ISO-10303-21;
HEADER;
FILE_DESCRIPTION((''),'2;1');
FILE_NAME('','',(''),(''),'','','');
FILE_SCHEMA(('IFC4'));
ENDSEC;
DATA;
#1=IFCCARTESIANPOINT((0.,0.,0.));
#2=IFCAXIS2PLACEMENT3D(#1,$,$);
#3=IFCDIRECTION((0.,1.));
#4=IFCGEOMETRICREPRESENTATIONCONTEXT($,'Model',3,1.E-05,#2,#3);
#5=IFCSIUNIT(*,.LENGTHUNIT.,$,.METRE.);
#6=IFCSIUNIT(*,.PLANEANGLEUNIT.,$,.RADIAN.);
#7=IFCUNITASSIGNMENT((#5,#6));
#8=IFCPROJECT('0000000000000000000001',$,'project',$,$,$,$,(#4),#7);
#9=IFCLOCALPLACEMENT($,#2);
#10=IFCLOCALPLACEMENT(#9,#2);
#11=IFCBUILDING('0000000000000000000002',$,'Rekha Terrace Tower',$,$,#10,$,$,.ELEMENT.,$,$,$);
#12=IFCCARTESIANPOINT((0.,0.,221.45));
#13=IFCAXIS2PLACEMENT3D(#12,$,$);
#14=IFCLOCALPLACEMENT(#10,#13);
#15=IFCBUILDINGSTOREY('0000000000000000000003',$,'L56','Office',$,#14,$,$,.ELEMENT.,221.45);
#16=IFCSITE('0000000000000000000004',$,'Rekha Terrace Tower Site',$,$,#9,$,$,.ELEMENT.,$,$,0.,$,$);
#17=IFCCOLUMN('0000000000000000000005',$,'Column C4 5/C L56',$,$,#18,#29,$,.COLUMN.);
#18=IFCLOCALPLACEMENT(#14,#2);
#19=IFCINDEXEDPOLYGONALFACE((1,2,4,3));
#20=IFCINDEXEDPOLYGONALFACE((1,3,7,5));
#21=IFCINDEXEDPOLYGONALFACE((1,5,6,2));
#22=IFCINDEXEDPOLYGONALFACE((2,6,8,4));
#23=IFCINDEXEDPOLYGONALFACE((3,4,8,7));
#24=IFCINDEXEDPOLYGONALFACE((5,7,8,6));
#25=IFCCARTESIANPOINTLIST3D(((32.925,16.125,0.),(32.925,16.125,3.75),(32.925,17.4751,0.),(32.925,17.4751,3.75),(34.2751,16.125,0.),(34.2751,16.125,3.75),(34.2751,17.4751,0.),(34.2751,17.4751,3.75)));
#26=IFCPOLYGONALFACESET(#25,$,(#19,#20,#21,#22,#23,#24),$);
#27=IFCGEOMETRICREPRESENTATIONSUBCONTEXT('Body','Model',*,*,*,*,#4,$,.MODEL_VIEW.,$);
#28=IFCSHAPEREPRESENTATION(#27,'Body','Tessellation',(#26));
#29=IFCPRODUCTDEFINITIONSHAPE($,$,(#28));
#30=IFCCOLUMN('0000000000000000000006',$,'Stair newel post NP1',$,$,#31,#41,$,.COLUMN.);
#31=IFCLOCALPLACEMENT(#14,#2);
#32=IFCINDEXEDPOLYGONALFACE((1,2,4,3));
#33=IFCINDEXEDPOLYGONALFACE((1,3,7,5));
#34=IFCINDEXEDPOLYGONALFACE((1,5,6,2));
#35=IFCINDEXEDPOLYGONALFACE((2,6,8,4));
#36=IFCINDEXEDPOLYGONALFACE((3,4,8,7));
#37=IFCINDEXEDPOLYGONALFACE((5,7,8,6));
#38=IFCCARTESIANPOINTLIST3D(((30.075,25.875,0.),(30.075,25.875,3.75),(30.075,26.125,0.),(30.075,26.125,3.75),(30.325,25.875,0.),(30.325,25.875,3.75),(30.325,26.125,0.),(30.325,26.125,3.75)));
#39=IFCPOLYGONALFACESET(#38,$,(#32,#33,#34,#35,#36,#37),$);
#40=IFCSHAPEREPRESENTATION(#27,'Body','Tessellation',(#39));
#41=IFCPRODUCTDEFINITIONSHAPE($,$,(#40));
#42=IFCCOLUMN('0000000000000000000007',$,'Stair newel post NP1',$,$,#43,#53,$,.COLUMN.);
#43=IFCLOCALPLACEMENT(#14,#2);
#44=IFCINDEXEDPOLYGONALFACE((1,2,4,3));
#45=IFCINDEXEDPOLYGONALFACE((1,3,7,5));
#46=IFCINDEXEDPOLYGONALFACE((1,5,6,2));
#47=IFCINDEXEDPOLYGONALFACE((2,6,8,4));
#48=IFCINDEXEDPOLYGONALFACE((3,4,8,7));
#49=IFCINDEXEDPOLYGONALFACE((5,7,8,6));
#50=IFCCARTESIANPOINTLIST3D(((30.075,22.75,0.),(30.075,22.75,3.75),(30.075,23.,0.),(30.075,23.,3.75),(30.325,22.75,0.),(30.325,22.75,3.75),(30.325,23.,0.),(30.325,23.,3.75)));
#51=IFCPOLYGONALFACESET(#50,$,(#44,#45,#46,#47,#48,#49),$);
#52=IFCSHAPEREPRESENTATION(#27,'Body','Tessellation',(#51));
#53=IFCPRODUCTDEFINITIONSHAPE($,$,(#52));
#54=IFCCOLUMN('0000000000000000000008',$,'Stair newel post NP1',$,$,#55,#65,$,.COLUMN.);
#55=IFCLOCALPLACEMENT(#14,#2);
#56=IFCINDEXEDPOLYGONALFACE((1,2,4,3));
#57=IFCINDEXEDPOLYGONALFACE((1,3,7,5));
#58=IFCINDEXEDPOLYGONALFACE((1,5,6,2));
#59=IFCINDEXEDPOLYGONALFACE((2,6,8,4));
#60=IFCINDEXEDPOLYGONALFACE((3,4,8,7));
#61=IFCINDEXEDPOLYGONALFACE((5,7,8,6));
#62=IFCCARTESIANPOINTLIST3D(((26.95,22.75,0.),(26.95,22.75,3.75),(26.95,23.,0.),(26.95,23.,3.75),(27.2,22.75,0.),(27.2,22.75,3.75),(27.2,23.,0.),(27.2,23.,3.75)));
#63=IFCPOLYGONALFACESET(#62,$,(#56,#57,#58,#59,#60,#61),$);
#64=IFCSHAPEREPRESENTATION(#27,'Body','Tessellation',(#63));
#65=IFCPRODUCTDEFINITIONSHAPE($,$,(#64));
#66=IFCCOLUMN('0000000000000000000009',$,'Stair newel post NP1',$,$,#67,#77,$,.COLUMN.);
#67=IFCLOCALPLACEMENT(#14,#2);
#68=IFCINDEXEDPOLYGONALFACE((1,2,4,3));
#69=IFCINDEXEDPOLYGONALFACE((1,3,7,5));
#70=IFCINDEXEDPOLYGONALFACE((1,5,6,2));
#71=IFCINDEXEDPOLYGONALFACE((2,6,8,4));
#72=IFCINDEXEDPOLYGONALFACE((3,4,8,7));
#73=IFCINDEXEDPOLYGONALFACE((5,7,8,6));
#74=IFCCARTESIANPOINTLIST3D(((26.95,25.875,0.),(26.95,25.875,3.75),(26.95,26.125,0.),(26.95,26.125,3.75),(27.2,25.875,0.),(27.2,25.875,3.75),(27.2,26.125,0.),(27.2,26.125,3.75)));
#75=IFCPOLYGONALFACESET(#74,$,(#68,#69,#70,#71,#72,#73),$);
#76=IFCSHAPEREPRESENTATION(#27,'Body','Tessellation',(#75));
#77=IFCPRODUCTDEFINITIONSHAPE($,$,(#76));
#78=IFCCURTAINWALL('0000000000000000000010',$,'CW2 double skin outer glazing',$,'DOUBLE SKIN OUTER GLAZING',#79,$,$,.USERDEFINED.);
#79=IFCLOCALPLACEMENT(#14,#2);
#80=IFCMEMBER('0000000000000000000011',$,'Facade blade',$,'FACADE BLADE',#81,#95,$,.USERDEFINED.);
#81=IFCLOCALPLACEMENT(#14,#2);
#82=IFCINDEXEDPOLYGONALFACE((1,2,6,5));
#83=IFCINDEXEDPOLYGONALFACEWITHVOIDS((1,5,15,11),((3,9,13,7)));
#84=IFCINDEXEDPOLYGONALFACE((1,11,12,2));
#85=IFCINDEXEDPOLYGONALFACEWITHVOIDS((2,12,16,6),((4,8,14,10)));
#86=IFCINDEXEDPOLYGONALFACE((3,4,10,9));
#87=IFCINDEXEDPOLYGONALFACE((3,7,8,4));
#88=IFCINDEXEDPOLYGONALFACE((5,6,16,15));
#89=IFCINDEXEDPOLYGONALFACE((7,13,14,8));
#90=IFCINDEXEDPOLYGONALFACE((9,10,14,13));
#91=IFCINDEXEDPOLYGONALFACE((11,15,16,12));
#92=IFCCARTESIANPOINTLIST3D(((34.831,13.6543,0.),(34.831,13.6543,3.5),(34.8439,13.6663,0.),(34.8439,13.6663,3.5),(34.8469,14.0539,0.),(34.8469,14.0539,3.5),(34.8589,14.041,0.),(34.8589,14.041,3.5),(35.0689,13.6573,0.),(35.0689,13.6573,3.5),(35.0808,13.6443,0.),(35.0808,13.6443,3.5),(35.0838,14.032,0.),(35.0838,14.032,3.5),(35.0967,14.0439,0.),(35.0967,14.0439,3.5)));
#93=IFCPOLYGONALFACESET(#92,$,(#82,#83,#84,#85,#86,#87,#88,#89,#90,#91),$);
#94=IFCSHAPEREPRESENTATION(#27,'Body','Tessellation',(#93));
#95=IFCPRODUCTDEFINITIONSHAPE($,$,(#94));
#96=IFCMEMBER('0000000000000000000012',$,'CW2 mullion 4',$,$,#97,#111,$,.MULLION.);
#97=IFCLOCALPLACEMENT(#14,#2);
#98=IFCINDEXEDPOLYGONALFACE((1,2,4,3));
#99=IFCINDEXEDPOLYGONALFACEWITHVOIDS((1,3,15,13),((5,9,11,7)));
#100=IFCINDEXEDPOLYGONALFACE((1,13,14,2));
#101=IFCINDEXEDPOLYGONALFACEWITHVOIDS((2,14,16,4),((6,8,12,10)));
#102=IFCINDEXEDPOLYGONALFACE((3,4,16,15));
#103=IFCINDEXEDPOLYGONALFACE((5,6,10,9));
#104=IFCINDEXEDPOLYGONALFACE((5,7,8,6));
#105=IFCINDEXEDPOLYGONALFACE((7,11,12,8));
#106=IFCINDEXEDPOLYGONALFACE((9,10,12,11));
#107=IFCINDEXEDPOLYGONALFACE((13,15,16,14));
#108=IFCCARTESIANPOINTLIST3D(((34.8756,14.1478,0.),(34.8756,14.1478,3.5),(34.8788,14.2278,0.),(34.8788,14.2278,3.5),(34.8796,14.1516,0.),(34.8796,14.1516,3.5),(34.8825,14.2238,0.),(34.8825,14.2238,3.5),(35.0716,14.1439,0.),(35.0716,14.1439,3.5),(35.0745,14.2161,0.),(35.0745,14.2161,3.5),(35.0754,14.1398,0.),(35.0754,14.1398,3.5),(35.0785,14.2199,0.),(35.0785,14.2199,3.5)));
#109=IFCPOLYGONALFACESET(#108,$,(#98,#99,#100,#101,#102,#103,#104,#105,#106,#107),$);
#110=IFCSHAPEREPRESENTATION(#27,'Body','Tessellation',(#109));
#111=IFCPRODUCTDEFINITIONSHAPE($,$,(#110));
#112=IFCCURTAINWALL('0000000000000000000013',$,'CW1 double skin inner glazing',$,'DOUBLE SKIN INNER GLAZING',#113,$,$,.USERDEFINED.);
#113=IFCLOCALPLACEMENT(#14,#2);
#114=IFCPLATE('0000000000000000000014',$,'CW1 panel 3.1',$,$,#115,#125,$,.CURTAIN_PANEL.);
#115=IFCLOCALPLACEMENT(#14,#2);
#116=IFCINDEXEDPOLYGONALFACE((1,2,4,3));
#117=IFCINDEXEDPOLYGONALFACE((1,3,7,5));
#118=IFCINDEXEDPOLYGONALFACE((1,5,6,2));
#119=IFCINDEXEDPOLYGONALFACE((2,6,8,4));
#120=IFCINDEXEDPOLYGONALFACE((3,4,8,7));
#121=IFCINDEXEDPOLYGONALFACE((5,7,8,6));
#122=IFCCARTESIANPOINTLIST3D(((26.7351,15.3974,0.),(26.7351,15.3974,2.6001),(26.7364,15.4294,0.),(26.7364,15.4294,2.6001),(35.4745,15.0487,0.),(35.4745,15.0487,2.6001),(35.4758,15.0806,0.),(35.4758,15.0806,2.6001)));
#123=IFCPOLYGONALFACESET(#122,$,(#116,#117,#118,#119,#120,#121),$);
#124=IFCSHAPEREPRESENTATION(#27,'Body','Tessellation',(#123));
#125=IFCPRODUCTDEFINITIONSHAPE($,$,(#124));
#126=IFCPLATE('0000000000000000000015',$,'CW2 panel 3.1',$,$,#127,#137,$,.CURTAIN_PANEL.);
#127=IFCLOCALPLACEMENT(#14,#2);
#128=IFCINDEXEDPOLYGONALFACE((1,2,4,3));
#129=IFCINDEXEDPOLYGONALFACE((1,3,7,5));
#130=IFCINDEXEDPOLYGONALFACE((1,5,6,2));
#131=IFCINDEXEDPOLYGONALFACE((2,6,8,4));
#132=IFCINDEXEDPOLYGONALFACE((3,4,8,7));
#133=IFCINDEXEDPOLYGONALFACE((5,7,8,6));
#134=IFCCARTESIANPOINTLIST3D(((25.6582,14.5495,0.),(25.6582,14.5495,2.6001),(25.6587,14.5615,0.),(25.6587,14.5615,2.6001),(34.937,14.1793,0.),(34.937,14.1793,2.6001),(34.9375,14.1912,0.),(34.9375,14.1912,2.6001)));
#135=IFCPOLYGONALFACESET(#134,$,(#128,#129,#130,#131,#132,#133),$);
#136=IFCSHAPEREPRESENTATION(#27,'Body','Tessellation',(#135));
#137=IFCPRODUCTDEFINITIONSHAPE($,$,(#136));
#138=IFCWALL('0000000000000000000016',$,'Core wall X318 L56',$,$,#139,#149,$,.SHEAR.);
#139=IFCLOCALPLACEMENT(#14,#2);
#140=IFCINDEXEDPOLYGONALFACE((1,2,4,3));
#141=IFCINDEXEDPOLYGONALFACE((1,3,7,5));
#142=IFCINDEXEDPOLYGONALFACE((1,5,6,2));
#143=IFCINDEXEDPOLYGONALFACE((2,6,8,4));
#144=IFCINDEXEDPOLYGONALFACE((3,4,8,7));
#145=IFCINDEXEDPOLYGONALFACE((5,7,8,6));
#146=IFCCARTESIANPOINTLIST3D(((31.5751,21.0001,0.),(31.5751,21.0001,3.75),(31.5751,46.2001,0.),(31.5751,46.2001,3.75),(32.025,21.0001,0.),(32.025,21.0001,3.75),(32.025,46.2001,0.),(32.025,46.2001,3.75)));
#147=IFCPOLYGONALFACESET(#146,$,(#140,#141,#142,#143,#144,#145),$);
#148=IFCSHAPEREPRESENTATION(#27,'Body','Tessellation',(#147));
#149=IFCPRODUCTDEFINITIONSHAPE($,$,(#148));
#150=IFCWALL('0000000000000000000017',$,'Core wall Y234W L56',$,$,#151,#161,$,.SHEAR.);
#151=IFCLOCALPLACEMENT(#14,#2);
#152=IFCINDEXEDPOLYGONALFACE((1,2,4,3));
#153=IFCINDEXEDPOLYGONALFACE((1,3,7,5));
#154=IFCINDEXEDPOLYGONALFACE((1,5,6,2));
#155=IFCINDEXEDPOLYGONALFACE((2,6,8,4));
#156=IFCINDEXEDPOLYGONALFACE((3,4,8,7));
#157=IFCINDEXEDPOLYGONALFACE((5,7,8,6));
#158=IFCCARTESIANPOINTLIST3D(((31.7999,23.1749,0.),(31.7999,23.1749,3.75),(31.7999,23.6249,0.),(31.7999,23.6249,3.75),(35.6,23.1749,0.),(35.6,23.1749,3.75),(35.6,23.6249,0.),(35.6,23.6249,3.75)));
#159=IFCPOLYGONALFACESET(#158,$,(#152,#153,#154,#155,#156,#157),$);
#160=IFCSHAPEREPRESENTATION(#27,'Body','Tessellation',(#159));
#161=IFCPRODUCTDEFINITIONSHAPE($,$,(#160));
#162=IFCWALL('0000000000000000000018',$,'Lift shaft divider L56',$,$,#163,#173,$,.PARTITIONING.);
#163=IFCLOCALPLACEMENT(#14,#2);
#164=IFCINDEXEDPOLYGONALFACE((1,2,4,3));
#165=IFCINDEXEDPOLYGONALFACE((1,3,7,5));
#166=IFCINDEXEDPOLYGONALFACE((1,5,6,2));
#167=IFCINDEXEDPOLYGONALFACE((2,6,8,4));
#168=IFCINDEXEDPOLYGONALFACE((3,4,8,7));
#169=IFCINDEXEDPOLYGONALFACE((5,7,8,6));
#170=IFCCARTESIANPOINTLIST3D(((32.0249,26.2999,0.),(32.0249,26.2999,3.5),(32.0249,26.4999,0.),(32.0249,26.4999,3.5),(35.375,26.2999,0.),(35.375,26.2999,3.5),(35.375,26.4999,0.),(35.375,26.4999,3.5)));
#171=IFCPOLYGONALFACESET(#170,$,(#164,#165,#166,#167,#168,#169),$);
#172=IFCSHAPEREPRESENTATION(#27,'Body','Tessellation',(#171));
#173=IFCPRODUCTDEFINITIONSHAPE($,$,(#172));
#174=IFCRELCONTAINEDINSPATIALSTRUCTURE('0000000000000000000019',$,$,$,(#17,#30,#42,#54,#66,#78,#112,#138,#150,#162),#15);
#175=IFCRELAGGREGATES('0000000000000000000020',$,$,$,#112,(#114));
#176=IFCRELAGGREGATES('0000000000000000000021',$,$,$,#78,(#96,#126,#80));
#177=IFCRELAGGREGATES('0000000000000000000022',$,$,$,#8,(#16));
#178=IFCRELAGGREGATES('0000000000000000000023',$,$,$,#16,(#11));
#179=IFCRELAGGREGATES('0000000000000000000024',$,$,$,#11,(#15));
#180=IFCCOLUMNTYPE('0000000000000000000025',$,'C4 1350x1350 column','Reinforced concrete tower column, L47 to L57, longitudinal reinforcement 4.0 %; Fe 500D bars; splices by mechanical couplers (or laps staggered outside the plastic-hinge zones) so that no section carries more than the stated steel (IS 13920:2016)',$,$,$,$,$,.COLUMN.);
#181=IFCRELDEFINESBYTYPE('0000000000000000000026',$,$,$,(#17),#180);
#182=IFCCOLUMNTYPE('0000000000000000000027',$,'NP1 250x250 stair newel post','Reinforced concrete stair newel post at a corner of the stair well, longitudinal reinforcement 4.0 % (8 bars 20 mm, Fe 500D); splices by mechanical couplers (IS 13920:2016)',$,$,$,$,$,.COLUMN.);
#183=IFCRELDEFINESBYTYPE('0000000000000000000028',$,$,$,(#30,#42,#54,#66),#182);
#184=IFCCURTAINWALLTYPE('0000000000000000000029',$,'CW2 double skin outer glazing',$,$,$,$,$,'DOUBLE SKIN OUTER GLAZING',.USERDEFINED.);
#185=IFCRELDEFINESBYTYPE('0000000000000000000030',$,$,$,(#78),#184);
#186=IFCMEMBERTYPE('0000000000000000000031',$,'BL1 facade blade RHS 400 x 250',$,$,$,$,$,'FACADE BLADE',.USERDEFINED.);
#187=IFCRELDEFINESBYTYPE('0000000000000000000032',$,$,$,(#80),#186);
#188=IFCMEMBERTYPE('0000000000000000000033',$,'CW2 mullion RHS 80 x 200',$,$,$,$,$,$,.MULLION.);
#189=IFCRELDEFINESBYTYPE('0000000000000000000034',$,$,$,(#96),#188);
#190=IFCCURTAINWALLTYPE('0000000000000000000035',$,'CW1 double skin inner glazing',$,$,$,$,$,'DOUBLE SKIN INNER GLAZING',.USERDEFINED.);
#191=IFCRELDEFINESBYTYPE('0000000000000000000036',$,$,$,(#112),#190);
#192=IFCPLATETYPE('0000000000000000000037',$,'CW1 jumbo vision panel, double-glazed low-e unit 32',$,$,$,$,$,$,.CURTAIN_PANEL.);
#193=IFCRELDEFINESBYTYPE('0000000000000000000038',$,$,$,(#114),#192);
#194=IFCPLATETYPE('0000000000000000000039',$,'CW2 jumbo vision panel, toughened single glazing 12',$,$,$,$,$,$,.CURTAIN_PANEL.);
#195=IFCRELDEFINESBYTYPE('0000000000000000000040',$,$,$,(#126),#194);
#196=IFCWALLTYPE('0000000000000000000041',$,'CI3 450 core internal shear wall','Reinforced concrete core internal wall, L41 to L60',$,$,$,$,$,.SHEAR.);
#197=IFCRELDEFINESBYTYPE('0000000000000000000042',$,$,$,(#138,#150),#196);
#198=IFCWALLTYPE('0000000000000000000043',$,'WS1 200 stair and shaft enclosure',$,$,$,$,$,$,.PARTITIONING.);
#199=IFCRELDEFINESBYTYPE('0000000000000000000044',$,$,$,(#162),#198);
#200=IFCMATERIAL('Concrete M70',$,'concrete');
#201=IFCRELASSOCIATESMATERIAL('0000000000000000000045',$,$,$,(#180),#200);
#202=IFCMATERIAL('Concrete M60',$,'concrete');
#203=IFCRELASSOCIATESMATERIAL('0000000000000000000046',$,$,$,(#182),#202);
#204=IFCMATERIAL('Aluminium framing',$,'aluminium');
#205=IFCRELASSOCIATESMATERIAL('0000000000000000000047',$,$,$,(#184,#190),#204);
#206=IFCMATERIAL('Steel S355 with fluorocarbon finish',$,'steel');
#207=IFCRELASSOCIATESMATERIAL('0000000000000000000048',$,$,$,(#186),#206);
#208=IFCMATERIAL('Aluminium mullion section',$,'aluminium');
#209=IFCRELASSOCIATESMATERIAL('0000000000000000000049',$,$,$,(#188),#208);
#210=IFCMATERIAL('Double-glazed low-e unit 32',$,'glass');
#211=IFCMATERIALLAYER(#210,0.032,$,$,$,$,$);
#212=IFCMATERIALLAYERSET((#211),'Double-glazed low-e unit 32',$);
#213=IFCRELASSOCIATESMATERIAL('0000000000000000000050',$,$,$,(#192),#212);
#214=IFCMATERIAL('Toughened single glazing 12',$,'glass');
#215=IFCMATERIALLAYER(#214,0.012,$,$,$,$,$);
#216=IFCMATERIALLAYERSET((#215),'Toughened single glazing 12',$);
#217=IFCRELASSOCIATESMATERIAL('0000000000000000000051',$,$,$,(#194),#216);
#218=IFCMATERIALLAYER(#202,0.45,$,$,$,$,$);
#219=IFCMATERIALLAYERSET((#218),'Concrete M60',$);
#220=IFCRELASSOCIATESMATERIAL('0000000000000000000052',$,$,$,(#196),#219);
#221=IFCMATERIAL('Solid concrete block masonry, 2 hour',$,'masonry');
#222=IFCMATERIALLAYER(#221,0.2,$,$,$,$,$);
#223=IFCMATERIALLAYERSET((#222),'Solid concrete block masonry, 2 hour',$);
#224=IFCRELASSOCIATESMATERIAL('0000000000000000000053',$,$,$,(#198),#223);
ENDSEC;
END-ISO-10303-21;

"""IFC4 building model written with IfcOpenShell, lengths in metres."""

from ifc_helpers import new_model, si_unit, direction, frame, frame_2d, origin, origin_2d, place, context, subcontext, project, spatial, rectangle, hollow_rectangle, extrude, material, layer, layer_set, material_profile, profile_set, type_object, element, aggregate, save


model = new_model("IFC4")

# Units and contexts
model_context = context("Model", 3, precision=1e-05, world=origin(), true_north=direction((0.0, 1.0)))
body_context = subcontext(model_context, "Body", "Model", "MODEL_VIEW")
ifc_project = project(units=[si_unit("LENGTHUNIT", "METRE"), si_unit("PLANEANGLEUNIT", "RADIAN")], contexts=[model_context])

# Site, building, storey
site_placement = place(None, origin())
site = spatial("IfcSite", under=ifc_project, at=site_placement, Name="Rekha Terrace Tower Site", CompositionType="ELEMENT", RefElevation=0.0)
building_placement = place(site_placement, origin())
building = spatial("IfcBuilding", under=site, at=building_placement, Name="Rekha Terrace Tower", CompositionType="ELEMENT")
storey_placement = place(building_placement, frame((0.0, 0.0, 221.45)))
storey = spatial("IfcBuildingStorey", under=building, at=storey_placement, Name="L56", Description="Office", CompositionType="ELEMENT", Elevation=221.45)

# Columns
ifc_material_1 = material(Name="Concrete M70", Category="concrete")
ifc_material_profile_1 = material_profile(ifc_material_1, rectangle(XDim=1.3501, YDim=1.3501, at=origin_2d()), Name="RC 1350x1350")
ifc_profile_set_1 = profile_set([ifc_material_profile_1], Name="Concrete M70")
column_type_1 = type_object("IfcColumnType", Name="C4 1350x1350 column", Description="Reinforced concrete tower column, L47 to L57, longitudinal reinforcement 4.0 %; Fe 500D bars; splices by mechanical couplers (or laps staggered outside the plastic-hinge zones) so that no section carries more than the stated steel (IS 13920:2016)", PredefinedType="COLUMN", material=ifc_profile_set_1)
column_placement = place(storey_placement, frame((33.6001, 16.8, 0.0), z_axis=(0.0, 0.0, 1.0), x_axis=(1.0, 0.0, 0.0)))
element("IfcColumn", 1, at=column_placement, inside=storey, type_object=column_type_1, Name="Column C4 5/C L56", PredefinedType="COLUMN", context=body_context, shape_type="SweptSolid", body=[
    extrude(rectangle(XDim=1.3501, YDim=1.3501, at=origin_2d()), origin(), (0.0, 0.0, 1.0), 3.75),
])
ifc_material_2 = material(Name="Concrete M60", Category="concrete")
ifc_material_profile_2 = material_profile(ifc_material_2, rectangle(XDim=0.25, YDim=0.25, at=origin_2d()), Name="RC 250x250")
ifc_profile_set_2 = profile_set([ifc_material_profile_2], Name="Concrete M60")
column_type_2 = type_object("IfcColumnType", Name="NP1 250x250 stair newel post", Description="Reinforced concrete stair newel post at a corner of the stair well, longitudinal reinforcement 4.0 % (8 bars 20 mm, Fe 500D); splices by mechanical couplers (IS 13920:2016)", PredefinedType="COLUMN", material=ifc_profile_set_2)
for number, where, z_axis, x_axis, name in (
    (2, (30.2, 26.0, 0.0), (0.0, 0.0, 1.0), (1.0, 0.0, 0.0), "Stair newel post NP1"),
    (3, (30.2, 22.875, 0.0), (0.0, 0.0, 1.0), (1.0, 0.0, 0.0), "Stair newel post NP1"),
    (4, (27.075, 22.875, 0.0), (0.0, 0.0, 1.0), (1.0, 0.0, 0.0), "Stair newel post NP1"),
    (5, (27.075, 26.0, 0.0), (0.0, 0.0, 1.0), (1.0, 0.0, 0.0), "Stair newel post NP1"),
):
    element("IfcColumn", number, at=place(storey_placement, frame(where, z_axis=z_axis, x_axis=x_axis)), inside=storey, type_object=column_type_2, Name=name, PredefinedType="COLUMN", context=body_context, shape_type="SweptSolid", body=[
        extrude(rectangle(XDim=0.25, YDim=0.25, at=origin_2d()), origin(), (0.0, 0.0, 1.0), 3.75),
    ])

# Curtain wall, members
ifc_material_3 = material(Name="Aluminium framing", Category="aluminium")
curtain_wall_type_1 = type_object("IfcCurtainWallType", Name="CW2 double skin outer glazing", ElementType="DOUBLE SKIN OUTER GLAZING", PredefinedType="USERDEFINED", material=ifc_material_3)
curtain_wall_1_placement = place(storey_placement, origin())
curtain_wall_1 = element("IfcCurtainWall", 6, at=curtain_wall_1_placement, inside=storey, type_object=curtain_wall_type_1, Name="CW2 double skin outer glazing", ObjectType="DOUBLE SKIN OUTER GLAZING", PredefinedType="USERDEFINED")
ifc_material_4 = material(Name="Steel S355 with fluorocarbon finish", Category="steel")
ifc_material_profile_3 = material_profile(ifc_material_4, hollow_rectangle(XDim=0.25, YDim=0.3999, WallThickness=0.0125, at=origin_2d()), Name="RHS400x250x12.5")
ifc_profile_set_3 = profile_set([ifc_material_profile_3], Name="Steel S355 with fluorocarbon finish")
member_type_1 = type_object("IfcMemberType", Name="BL1 facade blade RHS 400 x 250", ElementType="FACADE BLADE", PredefinedType="USERDEFINED", material=ifc_profile_set_3)
member_1_placement = place(storey_placement, frame((34.9639, 13.8491, 0.0), z_axis=(0.0, 0.0, 1.0), x_axis=(0.999205, -0.039872, 0.0)))
member_1 = element("IfcMember", 7, at=member_1_placement, type_object=member_type_1, Name="Facade blade", ObjectType="FACADE BLADE", PredefinedType="USERDEFINED", context=body_context, shape_type="SweptSolid", body=[
    extrude(hollow_rectangle(XDim=0.25, YDim=0.3999, WallThickness=0.0125, at=origin_2d()), origin(), (0.0, 0.0, 1.0), 3.5),
])
ifc_material_5 = material(Name="Aluminium mullion section", Category="aluminium")
ifc_material_profile_4 = material_profile(ifc_material_5, hollow_rectangle(XDim=0.0801, YDim=0.2, WallThickness=0.0039, at=origin_2d()), Name="AL RHS 80x200")
ifc_profile_set_4 = profile_set([ifc_material_profile_4], Name="Aluminium mullion section")
member_type_2 = type_object("IfcMemberType", Name="CW2 mullion RHS 80 x 200", PredefinedType="MULLION", material=ifc_profile_set_4)
member_2_placement = place(storey_placement, frame((34.9771, 14.1838, 0.0), z_axis=(0.0, 0.0, 1.0), x_axis=(0.039872, 0.999205, 0.0)))
member_2 = element("IfcMember", 8, at=member_2_placement, type_object=member_type_2, Name="CW2 mullion 4", PredefinedType="MULLION", context=body_context, shape_type="SweptSolid", body=[
    extrude(hollow_rectangle(XDim=0.0801, YDim=0.2, WallThickness=0.0039, at=origin_2d()), origin(), (0.0, 0.0, 1.0), 3.5),
])

# Curtain wall, plate
curtain_wall_type_2 = type_object("IfcCurtainWallType", Name="CW1 double skin inner glazing", ElementType="DOUBLE SKIN INNER GLAZING", PredefinedType="USERDEFINED", material=ifc_material_3)
curtain_wall_2_placement = place(storey_placement, origin())
curtain_wall_2 = element("IfcCurtainWall", 9, at=curtain_wall_2_placement, inside=storey, type_object=curtain_wall_type_2, Name="CW1 double skin inner glazing", ObjectType="DOUBLE SKIN INNER GLAZING", PredefinedType="USERDEFINED")
ifc_material_6 = material(Name="Double-glazed low-e unit 32", Category="glass")
ifc_layer_1 = layer(ifc_material_6, 0.032)
ifc_layer_set_1 = layer_set([ifc_layer_1], Name="Double-glazed low-e unit 32")
plate_type_1 = type_object("IfcPlateType", Name="CW1 jumbo vision panel, double-glazed low-e unit 32", PredefinedType="CURTAIN_PANEL", material=ifc_layer_set_1)
plate_1_placement = place(storey_placement, frame((31.1055, 15.239, 0.0), z_axis=(0.0, 0.0, 1.0), x_axis=(0.999205, -0.039872, 0.0)))
plate_1 = element("IfcPlate", 10, at=plate_1_placement, type_object=plate_type_1, Name="CW1 panel 3.1", PredefinedType="CURTAIN_PANEL", context=body_context, shape_type="SweptSolid", body=[
    extrude(rectangle(XDim=8.7463, YDim=0.032, at=origin_2d()), origin(), (0.0, 0.0, 1.0), 2.6001),
])
aggregate(curtain_wall_2, [plate_1])

# Plate
ifc_material_7 = material(Name="Toughened single glazing 12", Category="glass")
ifc_layer_2 = layer(ifc_material_7, 0.012)
ifc_layer_set_2 = layer_set([ifc_layer_2], Name="Toughened single glazing 12")
plate_type_2 = type_object("IfcPlateType", Name="CW2 jumbo vision panel, toughened single glazing 12", PredefinedType="CURTAIN_PANEL", material=ifc_layer_set_2)
plate_2_placement = place(storey_placement, frame((30.2979, 14.3704, 0.0), z_axis=(0.0, 0.0, 1.0), x_axis=(0.999205, -0.039872, 0.0)))
plate_2 = element("IfcPlate", 11, at=plate_2_placement, type_object=plate_type_2, Name="CW2 panel 3.1", PredefinedType="CURTAIN_PANEL", context=body_context, shape_type="SweptSolid", body=[
    extrude(rectangle(XDim=9.2861, YDim=0.012, at=origin_2d()), origin(), (0.0, 0.0, 1.0), 2.6001),
])
aggregate(curtain_wall_1, [member_2, plate_2, member_1])

# Walls
ifc_layer_3 = layer(ifc_material_2, 0.45)
ifc_layer_set_3 = layer_set([ifc_layer_3], Name="Concrete M60")
wall_type_1 = type_object("IfcWallType", Name="CI3 450 core internal shear wall", Description="Reinforced concrete core internal wall, L41 to L60", PredefinedType="SHEAR", material=ifc_layer_set_3)
wall_1_placement = place(storey_placement, frame((31.8, 21.0, 0.0), z_axis=(0.0, 0.0, 1.0), x_axis=(0.0, 1.0, 0.0)))
element("IfcWall", 12, at=wall_1_placement, inside=storey, type_object=wall_type_1, Name="Core wall X318 L56", PredefinedType="SHEAR", context=body_context, shape_type="SweptSolid", body=[
    extrude(rectangle(XDim=25.2, YDim=0.45, at=frame_2d((12.6001, 0.0))), origin(), (0.0, 0.0, 1.0), 3.75),
])
wall_2_placement = place(storey_placement, frame((31.8, 23.3999, 0.0), z_axis=(0.0, 0.0, 1.0), x_axis=(1.0, 0.0, 0.0)))
element("IfcWall", 13, at=wall_2_placement, inside=storey, type_object=wall_type_1, Name="Core wall Y234W L56", PredefinedType="SHEAR", context=body_context, shape_type="SweptSolid", body=[
    extrude(rectangle(XDim=3.8, YDim=0.45, at=frame_2d((1.8999, 0.0))), origin(), (0.0, 0.0, 1.0), 3.75),
])
ifc_material_8 = material(Name="Solid concrete block masonry, 2 hour", Category="masonry")
ifc_layer_4 = layer(ifc_material_8, 0.2)
ifc_layer_set_4 = layer_set([ifc_layer_4], Name="Solid concrete block masonry, 2 hour")
wall_type_2 = type_object("IfcWallType", Name="WS1 200 stair and shaft enclosure", PredefinedType="PARTITIONING", material=ifc_layer_set_4)
wall_3_placement = place(storey_placement, frame((32.0249, 26.3999, 0.0), z_axis=(0.0, 0.0, 1.0), x_axis=(1.0, 0.0, 0.0)))
element("IfcWall", 14, at=wall_3_placement, inside=storey, type_object=wall_type_2, Name="Lift shaft divider L56", PredefinedType="PARTITIONING", context=body_context, shape_type="SweptSolid", body=[
    extrude(rectangle(XDim=3.3501, YDim=0.2, at=frame_2d((1.675, 0.0))), origin(), (0.0, 0.0, 1.0), 3.5),
])

save(model, "model.ifc")
